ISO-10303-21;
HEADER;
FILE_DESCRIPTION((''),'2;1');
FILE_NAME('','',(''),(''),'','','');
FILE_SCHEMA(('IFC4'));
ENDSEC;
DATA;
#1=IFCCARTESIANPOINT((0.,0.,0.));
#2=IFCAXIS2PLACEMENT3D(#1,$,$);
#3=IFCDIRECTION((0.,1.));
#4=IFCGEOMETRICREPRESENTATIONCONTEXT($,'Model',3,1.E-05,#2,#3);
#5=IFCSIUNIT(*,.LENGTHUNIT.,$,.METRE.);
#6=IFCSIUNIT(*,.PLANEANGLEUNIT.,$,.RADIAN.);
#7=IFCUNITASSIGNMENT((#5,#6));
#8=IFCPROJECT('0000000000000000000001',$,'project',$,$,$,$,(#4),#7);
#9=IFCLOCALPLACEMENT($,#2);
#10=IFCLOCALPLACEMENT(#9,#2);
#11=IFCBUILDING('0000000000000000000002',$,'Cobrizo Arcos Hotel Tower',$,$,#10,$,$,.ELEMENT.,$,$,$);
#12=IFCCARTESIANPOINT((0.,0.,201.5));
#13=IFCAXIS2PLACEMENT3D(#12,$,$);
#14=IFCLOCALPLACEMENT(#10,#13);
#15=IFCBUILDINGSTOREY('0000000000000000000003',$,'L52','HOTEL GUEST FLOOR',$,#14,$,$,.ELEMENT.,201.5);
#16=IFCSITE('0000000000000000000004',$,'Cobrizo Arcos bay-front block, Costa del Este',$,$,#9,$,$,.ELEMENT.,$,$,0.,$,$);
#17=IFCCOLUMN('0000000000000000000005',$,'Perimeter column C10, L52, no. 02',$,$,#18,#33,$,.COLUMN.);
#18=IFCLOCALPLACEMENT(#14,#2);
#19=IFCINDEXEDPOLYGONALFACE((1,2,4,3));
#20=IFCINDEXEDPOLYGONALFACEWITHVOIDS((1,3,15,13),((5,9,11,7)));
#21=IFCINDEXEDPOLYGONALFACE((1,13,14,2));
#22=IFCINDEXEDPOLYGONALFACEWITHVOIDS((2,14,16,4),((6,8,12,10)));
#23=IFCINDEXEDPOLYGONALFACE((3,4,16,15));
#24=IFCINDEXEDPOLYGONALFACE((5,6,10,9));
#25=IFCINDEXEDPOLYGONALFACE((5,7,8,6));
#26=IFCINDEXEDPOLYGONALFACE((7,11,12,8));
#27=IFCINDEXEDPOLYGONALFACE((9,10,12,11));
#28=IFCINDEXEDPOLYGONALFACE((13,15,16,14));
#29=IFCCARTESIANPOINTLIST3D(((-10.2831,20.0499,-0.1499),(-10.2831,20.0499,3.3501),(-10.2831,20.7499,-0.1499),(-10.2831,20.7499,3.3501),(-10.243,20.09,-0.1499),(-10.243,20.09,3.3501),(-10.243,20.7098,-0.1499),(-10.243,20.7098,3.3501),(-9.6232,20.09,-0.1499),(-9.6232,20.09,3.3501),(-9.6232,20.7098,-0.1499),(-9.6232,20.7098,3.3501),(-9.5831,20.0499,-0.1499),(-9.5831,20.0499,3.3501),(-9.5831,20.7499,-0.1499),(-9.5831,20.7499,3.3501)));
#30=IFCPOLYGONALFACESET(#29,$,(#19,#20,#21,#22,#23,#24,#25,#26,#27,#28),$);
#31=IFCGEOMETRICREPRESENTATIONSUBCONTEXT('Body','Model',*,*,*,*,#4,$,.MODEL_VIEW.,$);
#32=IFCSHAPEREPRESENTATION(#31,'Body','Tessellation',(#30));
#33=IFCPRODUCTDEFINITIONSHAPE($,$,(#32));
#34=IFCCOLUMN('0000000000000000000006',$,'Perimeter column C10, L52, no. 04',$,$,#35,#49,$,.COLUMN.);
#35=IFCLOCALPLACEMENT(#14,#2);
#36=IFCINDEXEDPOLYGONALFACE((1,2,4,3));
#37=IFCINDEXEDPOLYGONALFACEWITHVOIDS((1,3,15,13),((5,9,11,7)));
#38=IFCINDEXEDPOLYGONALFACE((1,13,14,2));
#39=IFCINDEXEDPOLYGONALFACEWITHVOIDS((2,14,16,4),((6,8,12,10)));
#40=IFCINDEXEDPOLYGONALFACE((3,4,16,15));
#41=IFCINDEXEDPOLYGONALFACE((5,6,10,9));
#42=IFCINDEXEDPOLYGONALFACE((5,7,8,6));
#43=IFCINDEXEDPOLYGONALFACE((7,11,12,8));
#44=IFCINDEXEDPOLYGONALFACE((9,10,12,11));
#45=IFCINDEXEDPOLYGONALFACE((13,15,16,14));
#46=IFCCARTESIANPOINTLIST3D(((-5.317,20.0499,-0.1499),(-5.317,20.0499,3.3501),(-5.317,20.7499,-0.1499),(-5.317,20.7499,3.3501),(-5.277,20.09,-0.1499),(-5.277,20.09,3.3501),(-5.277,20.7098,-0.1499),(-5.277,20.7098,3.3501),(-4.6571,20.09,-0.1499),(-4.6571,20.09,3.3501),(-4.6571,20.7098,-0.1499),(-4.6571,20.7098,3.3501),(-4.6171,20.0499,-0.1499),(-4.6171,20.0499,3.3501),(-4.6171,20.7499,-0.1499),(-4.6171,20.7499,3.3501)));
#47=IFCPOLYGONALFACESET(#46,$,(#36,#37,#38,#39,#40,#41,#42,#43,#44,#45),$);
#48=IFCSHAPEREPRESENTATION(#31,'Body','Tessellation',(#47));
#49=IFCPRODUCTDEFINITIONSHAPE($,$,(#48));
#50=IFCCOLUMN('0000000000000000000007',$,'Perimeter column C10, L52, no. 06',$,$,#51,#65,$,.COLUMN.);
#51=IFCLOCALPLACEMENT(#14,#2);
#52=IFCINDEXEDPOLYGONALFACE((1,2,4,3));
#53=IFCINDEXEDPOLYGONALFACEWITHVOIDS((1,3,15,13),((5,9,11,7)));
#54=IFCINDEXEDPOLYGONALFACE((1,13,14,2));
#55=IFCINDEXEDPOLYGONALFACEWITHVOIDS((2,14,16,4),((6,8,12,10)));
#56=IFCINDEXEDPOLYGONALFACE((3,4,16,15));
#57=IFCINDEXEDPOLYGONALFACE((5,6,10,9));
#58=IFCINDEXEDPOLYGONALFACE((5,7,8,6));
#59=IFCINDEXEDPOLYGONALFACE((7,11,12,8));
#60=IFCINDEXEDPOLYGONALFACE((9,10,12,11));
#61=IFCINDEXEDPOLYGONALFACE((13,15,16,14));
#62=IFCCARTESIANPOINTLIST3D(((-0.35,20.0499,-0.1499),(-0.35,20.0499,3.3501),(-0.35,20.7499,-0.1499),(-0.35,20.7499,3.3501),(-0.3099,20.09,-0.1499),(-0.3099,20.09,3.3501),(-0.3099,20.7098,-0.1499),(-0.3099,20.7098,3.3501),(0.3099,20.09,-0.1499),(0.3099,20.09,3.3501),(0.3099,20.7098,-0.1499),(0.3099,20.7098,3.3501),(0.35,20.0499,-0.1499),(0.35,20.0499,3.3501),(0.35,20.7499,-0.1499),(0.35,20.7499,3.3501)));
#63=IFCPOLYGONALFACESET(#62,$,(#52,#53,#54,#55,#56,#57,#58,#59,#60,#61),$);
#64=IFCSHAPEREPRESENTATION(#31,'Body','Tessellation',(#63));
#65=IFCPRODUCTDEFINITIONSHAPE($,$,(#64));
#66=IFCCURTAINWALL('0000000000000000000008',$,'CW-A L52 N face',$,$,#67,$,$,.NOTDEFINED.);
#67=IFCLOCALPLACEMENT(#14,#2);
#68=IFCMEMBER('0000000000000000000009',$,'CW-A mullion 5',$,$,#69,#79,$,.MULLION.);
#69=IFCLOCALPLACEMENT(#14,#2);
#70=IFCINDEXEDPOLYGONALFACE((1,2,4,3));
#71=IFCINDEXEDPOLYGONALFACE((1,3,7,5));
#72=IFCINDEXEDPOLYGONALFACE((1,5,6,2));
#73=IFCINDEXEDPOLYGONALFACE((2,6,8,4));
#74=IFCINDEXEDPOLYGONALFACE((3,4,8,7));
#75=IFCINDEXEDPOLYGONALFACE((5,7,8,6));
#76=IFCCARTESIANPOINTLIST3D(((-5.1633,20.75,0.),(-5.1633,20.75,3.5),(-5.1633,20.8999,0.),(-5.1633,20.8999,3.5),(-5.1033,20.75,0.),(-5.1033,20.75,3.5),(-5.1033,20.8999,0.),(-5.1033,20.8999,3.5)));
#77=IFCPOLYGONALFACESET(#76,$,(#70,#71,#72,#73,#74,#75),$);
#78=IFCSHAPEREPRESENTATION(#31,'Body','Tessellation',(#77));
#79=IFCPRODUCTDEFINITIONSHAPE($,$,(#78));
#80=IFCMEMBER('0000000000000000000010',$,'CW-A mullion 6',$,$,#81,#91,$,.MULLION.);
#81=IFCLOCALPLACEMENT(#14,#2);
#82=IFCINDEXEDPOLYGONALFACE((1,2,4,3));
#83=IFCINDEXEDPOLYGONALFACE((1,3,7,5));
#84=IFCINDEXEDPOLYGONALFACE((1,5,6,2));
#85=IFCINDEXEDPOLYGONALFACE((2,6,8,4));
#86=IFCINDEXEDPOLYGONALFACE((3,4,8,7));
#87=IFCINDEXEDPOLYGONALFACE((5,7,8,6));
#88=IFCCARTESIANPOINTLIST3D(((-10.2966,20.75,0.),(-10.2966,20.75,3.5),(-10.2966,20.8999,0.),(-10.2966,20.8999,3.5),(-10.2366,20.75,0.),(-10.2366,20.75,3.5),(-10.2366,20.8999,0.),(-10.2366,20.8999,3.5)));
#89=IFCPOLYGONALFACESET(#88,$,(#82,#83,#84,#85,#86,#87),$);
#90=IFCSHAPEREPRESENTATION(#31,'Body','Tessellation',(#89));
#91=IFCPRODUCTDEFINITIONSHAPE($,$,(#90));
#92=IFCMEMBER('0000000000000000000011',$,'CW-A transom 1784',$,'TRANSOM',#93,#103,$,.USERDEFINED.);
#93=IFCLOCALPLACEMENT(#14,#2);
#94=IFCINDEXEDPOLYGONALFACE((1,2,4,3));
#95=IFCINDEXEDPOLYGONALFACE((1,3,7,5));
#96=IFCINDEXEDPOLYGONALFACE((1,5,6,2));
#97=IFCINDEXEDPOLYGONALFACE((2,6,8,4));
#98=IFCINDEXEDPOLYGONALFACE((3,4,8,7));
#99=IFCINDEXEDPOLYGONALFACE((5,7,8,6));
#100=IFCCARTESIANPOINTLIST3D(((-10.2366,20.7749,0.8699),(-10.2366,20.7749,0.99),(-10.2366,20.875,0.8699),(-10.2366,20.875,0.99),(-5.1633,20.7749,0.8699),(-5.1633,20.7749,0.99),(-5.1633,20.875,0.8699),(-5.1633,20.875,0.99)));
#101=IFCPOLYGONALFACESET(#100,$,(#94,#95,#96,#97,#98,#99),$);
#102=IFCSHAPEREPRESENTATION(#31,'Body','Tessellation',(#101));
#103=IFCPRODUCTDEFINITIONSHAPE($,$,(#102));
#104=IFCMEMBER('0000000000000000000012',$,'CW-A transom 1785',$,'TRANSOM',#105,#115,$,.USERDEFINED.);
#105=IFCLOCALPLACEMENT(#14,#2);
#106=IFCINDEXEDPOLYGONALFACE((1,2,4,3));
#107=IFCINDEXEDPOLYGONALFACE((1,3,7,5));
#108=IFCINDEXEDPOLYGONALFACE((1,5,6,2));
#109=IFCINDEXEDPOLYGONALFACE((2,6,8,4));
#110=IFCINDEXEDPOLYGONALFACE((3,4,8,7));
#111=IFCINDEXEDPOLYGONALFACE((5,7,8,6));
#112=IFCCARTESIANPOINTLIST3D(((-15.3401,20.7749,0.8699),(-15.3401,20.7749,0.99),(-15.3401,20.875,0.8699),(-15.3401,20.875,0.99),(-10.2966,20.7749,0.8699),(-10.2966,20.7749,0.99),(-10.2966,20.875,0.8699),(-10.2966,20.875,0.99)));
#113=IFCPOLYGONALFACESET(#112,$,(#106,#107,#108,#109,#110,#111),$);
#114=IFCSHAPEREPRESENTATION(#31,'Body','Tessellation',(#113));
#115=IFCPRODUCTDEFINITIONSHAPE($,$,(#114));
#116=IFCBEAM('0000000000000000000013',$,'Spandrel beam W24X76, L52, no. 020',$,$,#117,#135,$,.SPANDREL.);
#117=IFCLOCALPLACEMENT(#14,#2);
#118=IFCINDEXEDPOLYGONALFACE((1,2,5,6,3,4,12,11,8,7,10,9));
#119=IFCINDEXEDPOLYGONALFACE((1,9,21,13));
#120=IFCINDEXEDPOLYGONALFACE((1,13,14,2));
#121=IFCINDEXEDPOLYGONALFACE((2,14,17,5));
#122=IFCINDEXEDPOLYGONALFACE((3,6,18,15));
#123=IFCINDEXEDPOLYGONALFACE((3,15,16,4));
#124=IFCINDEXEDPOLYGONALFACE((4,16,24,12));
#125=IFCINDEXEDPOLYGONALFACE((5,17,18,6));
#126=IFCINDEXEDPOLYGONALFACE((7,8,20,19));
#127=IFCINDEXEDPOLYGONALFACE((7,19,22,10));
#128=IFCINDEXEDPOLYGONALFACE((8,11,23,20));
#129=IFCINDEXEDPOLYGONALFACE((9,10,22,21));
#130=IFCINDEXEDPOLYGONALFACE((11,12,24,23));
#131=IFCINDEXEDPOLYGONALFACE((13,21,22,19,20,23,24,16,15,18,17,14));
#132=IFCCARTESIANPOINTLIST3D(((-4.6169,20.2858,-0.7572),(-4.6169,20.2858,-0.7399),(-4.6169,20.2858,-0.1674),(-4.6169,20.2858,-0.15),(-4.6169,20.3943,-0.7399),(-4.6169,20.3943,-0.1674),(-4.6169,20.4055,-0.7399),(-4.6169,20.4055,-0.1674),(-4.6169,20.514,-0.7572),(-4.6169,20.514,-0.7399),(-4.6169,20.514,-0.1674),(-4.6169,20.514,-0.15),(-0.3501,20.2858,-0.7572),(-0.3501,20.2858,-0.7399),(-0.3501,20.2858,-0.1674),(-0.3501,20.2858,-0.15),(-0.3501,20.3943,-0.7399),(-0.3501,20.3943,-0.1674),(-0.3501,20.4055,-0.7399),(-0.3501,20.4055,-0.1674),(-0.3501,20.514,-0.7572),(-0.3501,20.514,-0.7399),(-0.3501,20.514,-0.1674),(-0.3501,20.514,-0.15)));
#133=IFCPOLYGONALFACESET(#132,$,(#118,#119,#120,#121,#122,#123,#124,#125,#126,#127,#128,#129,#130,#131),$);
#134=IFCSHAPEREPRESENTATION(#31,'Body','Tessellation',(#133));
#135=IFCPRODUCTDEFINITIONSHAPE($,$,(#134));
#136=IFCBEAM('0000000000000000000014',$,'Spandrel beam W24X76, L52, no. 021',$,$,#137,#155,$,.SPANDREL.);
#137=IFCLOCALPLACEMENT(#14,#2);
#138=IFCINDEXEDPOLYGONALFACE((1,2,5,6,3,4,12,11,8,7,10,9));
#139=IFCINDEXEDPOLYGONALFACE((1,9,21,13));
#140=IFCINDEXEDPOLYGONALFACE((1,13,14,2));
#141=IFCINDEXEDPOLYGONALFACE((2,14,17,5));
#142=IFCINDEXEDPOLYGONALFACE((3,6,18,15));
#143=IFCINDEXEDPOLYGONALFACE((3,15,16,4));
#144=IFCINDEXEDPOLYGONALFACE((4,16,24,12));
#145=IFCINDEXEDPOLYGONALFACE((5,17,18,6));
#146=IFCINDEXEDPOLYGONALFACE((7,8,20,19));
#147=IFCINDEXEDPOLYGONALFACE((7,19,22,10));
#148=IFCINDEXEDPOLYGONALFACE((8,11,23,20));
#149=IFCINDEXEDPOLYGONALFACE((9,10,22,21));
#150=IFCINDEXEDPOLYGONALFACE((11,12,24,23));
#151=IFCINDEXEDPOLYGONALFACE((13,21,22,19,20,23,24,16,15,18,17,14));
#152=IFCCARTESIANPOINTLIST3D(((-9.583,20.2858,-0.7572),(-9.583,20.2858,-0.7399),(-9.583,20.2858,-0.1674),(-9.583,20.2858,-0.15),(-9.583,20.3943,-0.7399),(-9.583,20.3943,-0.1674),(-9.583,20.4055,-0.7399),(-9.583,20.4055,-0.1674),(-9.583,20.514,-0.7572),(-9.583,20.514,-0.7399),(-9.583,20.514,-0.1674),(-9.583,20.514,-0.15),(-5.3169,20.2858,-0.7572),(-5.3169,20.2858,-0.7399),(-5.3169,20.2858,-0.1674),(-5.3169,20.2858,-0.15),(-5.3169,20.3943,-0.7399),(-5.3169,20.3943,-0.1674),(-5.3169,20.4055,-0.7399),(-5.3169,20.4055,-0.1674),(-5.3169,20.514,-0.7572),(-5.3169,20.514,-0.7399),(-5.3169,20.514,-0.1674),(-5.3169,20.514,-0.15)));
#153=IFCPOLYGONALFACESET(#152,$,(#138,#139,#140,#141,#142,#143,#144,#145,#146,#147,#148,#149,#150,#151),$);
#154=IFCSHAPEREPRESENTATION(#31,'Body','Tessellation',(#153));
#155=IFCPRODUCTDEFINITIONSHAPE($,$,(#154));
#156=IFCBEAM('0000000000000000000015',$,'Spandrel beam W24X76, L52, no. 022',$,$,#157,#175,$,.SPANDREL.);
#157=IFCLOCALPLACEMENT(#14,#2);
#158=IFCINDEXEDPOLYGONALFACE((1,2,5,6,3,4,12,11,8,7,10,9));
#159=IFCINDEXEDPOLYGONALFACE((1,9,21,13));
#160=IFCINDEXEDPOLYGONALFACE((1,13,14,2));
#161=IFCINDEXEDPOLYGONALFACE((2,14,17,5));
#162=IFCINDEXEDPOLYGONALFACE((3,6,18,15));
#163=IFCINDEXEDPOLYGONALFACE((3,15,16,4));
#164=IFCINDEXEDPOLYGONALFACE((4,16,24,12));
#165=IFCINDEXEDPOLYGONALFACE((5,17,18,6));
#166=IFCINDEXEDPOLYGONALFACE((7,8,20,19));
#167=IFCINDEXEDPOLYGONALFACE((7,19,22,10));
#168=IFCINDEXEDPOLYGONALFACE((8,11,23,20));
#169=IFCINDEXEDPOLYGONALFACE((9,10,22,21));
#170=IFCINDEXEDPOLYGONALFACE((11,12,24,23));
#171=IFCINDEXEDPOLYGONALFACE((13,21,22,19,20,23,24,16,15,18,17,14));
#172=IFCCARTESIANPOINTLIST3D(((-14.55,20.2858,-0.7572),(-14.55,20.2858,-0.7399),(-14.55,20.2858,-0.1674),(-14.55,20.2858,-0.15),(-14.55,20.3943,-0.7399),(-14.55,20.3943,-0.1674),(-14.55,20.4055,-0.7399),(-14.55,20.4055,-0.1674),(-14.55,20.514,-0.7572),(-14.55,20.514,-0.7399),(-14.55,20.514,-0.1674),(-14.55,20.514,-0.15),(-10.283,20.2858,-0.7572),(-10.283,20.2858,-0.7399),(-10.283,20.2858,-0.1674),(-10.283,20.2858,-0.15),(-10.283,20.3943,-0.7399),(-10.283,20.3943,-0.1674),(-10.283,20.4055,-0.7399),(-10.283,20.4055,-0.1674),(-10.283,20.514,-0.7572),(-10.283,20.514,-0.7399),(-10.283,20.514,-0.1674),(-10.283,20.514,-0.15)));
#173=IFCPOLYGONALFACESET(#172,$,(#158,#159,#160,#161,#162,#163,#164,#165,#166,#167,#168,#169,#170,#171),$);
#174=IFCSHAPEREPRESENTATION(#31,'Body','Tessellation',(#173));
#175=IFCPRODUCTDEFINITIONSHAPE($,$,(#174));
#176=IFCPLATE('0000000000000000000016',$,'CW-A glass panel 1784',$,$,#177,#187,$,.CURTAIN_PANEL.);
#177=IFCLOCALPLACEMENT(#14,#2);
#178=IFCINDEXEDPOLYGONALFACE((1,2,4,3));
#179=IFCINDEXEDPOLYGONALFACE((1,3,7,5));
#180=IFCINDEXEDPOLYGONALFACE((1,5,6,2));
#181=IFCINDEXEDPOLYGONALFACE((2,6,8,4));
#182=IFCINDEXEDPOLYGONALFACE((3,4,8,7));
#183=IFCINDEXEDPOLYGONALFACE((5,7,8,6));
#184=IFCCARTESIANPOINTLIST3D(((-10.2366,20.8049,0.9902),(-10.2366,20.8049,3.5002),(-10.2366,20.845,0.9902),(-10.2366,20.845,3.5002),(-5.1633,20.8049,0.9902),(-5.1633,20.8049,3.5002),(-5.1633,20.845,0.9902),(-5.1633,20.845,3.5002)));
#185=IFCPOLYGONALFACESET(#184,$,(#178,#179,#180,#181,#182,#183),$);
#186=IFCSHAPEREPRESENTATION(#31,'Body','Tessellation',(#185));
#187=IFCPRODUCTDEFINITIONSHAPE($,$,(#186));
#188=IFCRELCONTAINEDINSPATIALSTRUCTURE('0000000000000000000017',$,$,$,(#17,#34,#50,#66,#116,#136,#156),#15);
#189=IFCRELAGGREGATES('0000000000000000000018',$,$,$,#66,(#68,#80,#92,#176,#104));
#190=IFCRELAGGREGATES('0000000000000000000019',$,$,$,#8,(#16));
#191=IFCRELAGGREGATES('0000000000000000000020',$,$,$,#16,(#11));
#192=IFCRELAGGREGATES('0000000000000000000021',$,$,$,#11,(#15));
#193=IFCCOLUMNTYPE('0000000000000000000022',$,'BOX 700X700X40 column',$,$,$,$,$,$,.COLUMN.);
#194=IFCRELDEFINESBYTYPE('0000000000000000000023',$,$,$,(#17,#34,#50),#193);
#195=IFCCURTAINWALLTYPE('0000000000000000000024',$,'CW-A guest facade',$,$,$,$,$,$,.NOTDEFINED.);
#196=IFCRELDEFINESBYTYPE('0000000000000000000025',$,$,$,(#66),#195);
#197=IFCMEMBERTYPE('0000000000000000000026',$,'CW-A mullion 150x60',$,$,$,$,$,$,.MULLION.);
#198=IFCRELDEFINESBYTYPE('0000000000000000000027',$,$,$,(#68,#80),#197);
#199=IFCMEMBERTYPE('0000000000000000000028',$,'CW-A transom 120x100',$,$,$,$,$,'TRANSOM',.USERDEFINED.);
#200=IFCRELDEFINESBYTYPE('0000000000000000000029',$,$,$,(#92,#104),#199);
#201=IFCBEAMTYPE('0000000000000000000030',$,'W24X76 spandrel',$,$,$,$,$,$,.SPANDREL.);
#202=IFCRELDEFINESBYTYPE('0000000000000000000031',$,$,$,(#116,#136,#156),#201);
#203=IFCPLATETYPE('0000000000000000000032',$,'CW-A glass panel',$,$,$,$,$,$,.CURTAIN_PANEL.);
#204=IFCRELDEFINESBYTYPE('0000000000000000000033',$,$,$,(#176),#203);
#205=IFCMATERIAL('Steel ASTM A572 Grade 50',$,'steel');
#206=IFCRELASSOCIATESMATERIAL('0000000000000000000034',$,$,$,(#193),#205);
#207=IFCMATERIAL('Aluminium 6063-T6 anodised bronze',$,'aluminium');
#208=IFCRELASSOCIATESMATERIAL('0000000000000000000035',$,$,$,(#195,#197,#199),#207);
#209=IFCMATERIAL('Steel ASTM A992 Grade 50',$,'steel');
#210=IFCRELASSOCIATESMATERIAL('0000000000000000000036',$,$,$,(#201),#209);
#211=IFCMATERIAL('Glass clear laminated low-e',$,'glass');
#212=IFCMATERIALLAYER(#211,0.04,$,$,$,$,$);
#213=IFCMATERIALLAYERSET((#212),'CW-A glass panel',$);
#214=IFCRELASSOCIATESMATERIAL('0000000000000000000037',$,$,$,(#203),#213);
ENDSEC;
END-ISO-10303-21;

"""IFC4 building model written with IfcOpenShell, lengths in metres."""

from ifc_helpers import new_model, si_unit, direction, frame, origin, origin_2d, place, context, subcontext, project, spatial, rectangle, hollow_rectangle, i_section, extrude, material, layer, layer_set, material_profile, profile_set, type_object, element, aggregate, save


model = new_model("IFC4")

# Units and contexts
model_context = context("Model", 3, precision=1e-05, world=origin(), true_north=direction((0.0, 1.0)))
body_context = subcontext(model_context, "Body", "Model", "MODEL_VIEW")
ifc_project = project(units=[si_unit("LENGTHUNIT", "METRE"), si_unit("PLANEANGLEUNIT", "RADIAN")], contexts=[model_context])

# Site, building, storey
site_placement = place(None, origin())
site = spatial("IfcSite", under=ifc_project, at=site_placement, Name="Cobrizo Arcos bay-front block, Costa del Este", CompositionType="ELEMENT", RefElevation=0.0)
building_placement = place(site_placement, origin())
building = spatial("IfcBuilding", under=site, at=building_placement, Name="Cobrizo Arcos Hotel Tower", CompositionType="ELEMENT")
storey_placement = place(building_placement, frame((0.0, 0.0, 201.5)))
storey = spatial("IfcBuildingStorey", under=building, at=storey_placement, Name="L52", Description="HOTEL GUEST FLOOR", CompositionType="ELEMENT", Elevation=201.5)

# Columns
ifc_material_1 = material(Name="Steel ASTM A572 Grade 50", Category="steel")
ifc_material_profile_1 = material_profile(ifc_material_1, hollow_rectangle(XDim=0.7, YDim=0.7, WallThickness=0.04, at=origin_2d()), Name="BOX 700X700X40")
ifc_profile_set_1 = profile_set([ifc_material_profile_1], Name="Steel ASTM A572 Grade 50")
column_type = type_object("IfcColumnType", Name="BOX 700X700X40 column", PredefinedType="COLUMN", material=ifc_profile_set_1)
for number, where, z_axis, x_axis, name in (
    (1, (-9.9331, 20.3999, -0.1499), (0.0, 0.0, 1.0), (1.0, 0.0, 0.0), "Perimeter column C10, L52, no. 02"),
    (2, (-4.967, 20.3999, -0.1499), (0.0, 0.0, 1.0), (1.0, 0.0, 0.0), "Perimeter column C10, L52, no. 04"),
    (3, (0.0, 20.3999, -0.1499), (0.0, 0.0, 1.0), (1.0, 0.0, 0.0), "Perimeter column C10, L52, no. 06"),
):
    element("IfcColumn", number, at=place(storey_placement, frame(where, z_axis=z_axis, x_axis=x_axis)), inside=storey, type_object=column_type, Name=name, PredefinedType="COLUMN", context=body_context, shape_type="SweptSolid", body=[
        extrude(hollow_rectangle(XDim=0.7, YDim=0.7, WallThickness=0.04, at=origin_2d()), origin(), (0.0, 0.0, 1.0), 3.5),
    ])

# Curtain wall, members
ifc_material_2 = material(Name="Aluminium 6063-T6 anodised bronze", Category="aluminium")
curtain_wall_type = type_object("IfcCurtainWallType", Name="CW-A guest facade", PredefinedType="NOTDEFINED", material=ifc_material_2)
curtain_wall_placement = place(storey_placement, origin())
curtain_wall = element("IfcCurtainWall", 4, at=curtain_wall_placement, inside=storey, type_object=curtain_wall_type, Name="CW-A L52 N face", PredefinedType="NOTDEFINED")
ifc_material_profile_2 = material_profile(ifc_material_2, rectangle(XDim=0.1499, YDim=0.0601, at=origin_2d()), Name="CW-A mullion 150x60")
ifc_profile_set_2 = profile_set([ifc_material_profile_2], Name="Aluminium 6063-T6 anodised bronze")
member_type_1 = type_object("IfcMemberType", Name="CW-A mullion 150x60", PredefinedType="MULLION", material=ifc_profile_set_2)
member_1_placement = place(storey_placement, frame((-5.1333, 20.825, 0.0), z_axis=(0.0, 0.0, 1.0), x_axis=(0.0, 1.0, 0.0)))
member_1 = element("IfcMember", 5, at=member_1_placement, type_object=member_type_1, Name="CW-A mullion 5", PredefinedType="MULLION", context=body_context, shape_type="SweptSolid", body=[
    extrude(rectangle(XDim=0.1499, YDim=0.0601, at=origin_2d()), origin(), (0.0, 0.0, 1.0), 3.5),
])
member_2_placement = place(storey_placement, frame((-10.2666, 20.825, 0.0), z_axis=(0.0, 0.0, 1.0), x_axis=(0.0, 1.0, 0.0)))
member_2 = element("IfcMember", 6, at=member_2_placement, type_object=member_type_1, Name="CW-A mullion 6", PredefinedType="MULLION", context=body_context, shape_type="SweptSolid", body=[
    extrude(rectangle(XDim=0.1499, YDim=0.0601, at=origin_2d()), origin(), (0.0, 0.0, 1.0), 3.5),
])
ifc_material_profile_3 = material_profile(ifc_material_2, rectangle(XDim=0.1001, YDim=0.1201, at=origin_2d()), Name="CW-A transom 120x100")
ifc_profile_set_3 = profile_set([ifc_material_profile_3], Name="Aluminium 6063-T6 anodised bronze")
member_type_2 = type_object("IfcMemberType", Name="CW-A transom 120x100", ElementType="TRANSOM", PredefinedType="USERDEFINED", material=ifc_profile_set_3)
member_3_placement = place(storey_placement, frame((-5.1633, 20.825, 0.9299), z_axis=(-1.0, 0.0, 0.0), x_axis=(0.0, -1.0, 0.0)))
member_3 = element("IfcMember", 7, at=member_3_placement, type_object=member_type_2, Name="CW-A transom 1784", ObjectType="TRANSOM", PredefinedType="USERDEFINED", context=body_context, shape_type="SweptSolid", body=[
    extrude(rectangle(XDim=0.1001, YDim=0.1201, at=origin_2d()), origin(), (0.0, 0.0, 1.0), 5.0732),
])
member_4_placement = place(storey_placement, frame((-10.2966, 20.825, 0.9299), z_axis=(-1.0, 0.0, 0.0), x_axis=(0.0, -1.0, 0.0)))
member_4 = element("IfcMember", 8, at=member_4_placement, type_object=member_type_2, Name="CW-A transom 1785", ObjectType="TRANSOM", PredefinedType="USERDEFINED", context=body_context, shape_type="SweptSolid", body=[
    extrude(rectangle(XDim=0.1001, YDim=0.1201, at=origin_2d()), origin(), (0.0, 0.0, 1.0), 5.0435),
])

# Beams
ifc_material_3 = material(Name="Steel ASTM A992 Grade 50", Category="steel")
ifc_material_profile_4 = material_profile(ifc_material_3, i_section(OverallWidth=0.2283, OverallDepth=0.6072, WebThickness=0.0112, FlangeThickness=0.0173, at=origin_2d()), Name="W24X76")
ifc_profile_set_4 = profile_set([ifc_material_profile_4], Name="Steel ASTM A992 Grade 50")
beam_type = type_object("IfcBeamType", Name="W24X76 spandrel", PredefinedType="SPANDREL", material=ifc_profile_set_4)
beam_1_placement = place(storey_placement, frame((-0.3501, 20.3999, -0.4536), z_axis=(-1.0, 0.0, 0.0), x_axis=(0.0, -1.0, 0.0)))
element("IfcBeam", 9, at=beam_1_placement, inside=storey, type_object=beam_type, Name="Spandrel beam W24X76, L52, no. 020", PredefinedType="SPANDREL", context=body_context, shape_type="SweptSolid", body=[
    extrude(i_section(OverallWidth=0.2283, OverallDepth=0.6072, WebThickness=0.0112, FlangeThickness=0.0173, at=origin_2d()), origin(), (0.0, 0.0, 1.0), 4.2668),
])
beam_2_placement = place(storey_placement, frame((-5.3169, 20.3999, -0.4536), z_axis=(-1.0, 0.0, 0.0), x_axis=(0.0, -1.0, 0.0)))
element("IfcBeam", 10, at=beam_2_placement, inside=storey, type_object=beam_type, Name="Spandrel beam W24X76, L52, no. 021", PredefinedType="SPANDREL", context=body_context, shape_type="SweptSolid", body=[
    extrude(i_section(OverallWidth=0.2283, OverallDepth=0.6072, WebThickness=0.0112, FlangeThickness=0.0173, at=origin_2d()), origin(), (0.0, 0.0, 1.0), 4.2661),
])
beam_3_placement = place(storey_placement, frame((-10.283, 20.3999, -0.4536), z_axis=(-1.0, 0.0, 0.0), x_axis=(0.0, -1.0, 0.0)))
element("IfcBeam", 11, at=beam_3_placement, inside=storey, type_object=beam_type, Name="Spandrel beam W24X76, L52, no. 022", PredefinedType="SPANDREL", context=body_context, shape_type="SweptSolid", body=[
    extrude(i_section(OverallWidth=0.2283, OverallDepth=0.6072, WebThickness=0.0112, FlangeThickness=0.0173, at=origin_2d()), origin(), (0.0, 0.0, 1.0), 4.2671),
])

# Plate
ifc_material_4 = material(Name="Glass clear laminated low-e", Category="glass")
ifc_layer_1 = layer(ifc_material_4, 0.04)
ifc_layer_set_1 = layer_set([ifc_layer_1], Name="CW-A glass panel")
plate_type_1 = type_object("IfcPlateType", Name="CW-A glass panel", PredefinedType="CURTAIN_PANEL", material=ifc_layer_set_1)
plate_1_placement = place(storey_placement, frame((-7.7, 20.825, 0.9902), z_axis=(0.0, 0.0, 1.0), x_axis=(-1.0, 0.0, 0.0)))
plate_1 = element("IfcPlate", 12, at=plate_1_placement, type_object=plate_type_1, Name="CW-A glass panel 1784", PredefinedType="CURTAIN_PANEL", context=body_context, shape_type="SweptSolid", body=[
    extrude(rectangle(XDim=5.0732, YDim=0.04, at=origin_2d()), origin(), (0.0, 0.0, 1.0), 2.51),
])
aggregate(curtain_wall, [member_1, member_2, member_3, plate_1, member_4])

save(model, "model.ifc")
